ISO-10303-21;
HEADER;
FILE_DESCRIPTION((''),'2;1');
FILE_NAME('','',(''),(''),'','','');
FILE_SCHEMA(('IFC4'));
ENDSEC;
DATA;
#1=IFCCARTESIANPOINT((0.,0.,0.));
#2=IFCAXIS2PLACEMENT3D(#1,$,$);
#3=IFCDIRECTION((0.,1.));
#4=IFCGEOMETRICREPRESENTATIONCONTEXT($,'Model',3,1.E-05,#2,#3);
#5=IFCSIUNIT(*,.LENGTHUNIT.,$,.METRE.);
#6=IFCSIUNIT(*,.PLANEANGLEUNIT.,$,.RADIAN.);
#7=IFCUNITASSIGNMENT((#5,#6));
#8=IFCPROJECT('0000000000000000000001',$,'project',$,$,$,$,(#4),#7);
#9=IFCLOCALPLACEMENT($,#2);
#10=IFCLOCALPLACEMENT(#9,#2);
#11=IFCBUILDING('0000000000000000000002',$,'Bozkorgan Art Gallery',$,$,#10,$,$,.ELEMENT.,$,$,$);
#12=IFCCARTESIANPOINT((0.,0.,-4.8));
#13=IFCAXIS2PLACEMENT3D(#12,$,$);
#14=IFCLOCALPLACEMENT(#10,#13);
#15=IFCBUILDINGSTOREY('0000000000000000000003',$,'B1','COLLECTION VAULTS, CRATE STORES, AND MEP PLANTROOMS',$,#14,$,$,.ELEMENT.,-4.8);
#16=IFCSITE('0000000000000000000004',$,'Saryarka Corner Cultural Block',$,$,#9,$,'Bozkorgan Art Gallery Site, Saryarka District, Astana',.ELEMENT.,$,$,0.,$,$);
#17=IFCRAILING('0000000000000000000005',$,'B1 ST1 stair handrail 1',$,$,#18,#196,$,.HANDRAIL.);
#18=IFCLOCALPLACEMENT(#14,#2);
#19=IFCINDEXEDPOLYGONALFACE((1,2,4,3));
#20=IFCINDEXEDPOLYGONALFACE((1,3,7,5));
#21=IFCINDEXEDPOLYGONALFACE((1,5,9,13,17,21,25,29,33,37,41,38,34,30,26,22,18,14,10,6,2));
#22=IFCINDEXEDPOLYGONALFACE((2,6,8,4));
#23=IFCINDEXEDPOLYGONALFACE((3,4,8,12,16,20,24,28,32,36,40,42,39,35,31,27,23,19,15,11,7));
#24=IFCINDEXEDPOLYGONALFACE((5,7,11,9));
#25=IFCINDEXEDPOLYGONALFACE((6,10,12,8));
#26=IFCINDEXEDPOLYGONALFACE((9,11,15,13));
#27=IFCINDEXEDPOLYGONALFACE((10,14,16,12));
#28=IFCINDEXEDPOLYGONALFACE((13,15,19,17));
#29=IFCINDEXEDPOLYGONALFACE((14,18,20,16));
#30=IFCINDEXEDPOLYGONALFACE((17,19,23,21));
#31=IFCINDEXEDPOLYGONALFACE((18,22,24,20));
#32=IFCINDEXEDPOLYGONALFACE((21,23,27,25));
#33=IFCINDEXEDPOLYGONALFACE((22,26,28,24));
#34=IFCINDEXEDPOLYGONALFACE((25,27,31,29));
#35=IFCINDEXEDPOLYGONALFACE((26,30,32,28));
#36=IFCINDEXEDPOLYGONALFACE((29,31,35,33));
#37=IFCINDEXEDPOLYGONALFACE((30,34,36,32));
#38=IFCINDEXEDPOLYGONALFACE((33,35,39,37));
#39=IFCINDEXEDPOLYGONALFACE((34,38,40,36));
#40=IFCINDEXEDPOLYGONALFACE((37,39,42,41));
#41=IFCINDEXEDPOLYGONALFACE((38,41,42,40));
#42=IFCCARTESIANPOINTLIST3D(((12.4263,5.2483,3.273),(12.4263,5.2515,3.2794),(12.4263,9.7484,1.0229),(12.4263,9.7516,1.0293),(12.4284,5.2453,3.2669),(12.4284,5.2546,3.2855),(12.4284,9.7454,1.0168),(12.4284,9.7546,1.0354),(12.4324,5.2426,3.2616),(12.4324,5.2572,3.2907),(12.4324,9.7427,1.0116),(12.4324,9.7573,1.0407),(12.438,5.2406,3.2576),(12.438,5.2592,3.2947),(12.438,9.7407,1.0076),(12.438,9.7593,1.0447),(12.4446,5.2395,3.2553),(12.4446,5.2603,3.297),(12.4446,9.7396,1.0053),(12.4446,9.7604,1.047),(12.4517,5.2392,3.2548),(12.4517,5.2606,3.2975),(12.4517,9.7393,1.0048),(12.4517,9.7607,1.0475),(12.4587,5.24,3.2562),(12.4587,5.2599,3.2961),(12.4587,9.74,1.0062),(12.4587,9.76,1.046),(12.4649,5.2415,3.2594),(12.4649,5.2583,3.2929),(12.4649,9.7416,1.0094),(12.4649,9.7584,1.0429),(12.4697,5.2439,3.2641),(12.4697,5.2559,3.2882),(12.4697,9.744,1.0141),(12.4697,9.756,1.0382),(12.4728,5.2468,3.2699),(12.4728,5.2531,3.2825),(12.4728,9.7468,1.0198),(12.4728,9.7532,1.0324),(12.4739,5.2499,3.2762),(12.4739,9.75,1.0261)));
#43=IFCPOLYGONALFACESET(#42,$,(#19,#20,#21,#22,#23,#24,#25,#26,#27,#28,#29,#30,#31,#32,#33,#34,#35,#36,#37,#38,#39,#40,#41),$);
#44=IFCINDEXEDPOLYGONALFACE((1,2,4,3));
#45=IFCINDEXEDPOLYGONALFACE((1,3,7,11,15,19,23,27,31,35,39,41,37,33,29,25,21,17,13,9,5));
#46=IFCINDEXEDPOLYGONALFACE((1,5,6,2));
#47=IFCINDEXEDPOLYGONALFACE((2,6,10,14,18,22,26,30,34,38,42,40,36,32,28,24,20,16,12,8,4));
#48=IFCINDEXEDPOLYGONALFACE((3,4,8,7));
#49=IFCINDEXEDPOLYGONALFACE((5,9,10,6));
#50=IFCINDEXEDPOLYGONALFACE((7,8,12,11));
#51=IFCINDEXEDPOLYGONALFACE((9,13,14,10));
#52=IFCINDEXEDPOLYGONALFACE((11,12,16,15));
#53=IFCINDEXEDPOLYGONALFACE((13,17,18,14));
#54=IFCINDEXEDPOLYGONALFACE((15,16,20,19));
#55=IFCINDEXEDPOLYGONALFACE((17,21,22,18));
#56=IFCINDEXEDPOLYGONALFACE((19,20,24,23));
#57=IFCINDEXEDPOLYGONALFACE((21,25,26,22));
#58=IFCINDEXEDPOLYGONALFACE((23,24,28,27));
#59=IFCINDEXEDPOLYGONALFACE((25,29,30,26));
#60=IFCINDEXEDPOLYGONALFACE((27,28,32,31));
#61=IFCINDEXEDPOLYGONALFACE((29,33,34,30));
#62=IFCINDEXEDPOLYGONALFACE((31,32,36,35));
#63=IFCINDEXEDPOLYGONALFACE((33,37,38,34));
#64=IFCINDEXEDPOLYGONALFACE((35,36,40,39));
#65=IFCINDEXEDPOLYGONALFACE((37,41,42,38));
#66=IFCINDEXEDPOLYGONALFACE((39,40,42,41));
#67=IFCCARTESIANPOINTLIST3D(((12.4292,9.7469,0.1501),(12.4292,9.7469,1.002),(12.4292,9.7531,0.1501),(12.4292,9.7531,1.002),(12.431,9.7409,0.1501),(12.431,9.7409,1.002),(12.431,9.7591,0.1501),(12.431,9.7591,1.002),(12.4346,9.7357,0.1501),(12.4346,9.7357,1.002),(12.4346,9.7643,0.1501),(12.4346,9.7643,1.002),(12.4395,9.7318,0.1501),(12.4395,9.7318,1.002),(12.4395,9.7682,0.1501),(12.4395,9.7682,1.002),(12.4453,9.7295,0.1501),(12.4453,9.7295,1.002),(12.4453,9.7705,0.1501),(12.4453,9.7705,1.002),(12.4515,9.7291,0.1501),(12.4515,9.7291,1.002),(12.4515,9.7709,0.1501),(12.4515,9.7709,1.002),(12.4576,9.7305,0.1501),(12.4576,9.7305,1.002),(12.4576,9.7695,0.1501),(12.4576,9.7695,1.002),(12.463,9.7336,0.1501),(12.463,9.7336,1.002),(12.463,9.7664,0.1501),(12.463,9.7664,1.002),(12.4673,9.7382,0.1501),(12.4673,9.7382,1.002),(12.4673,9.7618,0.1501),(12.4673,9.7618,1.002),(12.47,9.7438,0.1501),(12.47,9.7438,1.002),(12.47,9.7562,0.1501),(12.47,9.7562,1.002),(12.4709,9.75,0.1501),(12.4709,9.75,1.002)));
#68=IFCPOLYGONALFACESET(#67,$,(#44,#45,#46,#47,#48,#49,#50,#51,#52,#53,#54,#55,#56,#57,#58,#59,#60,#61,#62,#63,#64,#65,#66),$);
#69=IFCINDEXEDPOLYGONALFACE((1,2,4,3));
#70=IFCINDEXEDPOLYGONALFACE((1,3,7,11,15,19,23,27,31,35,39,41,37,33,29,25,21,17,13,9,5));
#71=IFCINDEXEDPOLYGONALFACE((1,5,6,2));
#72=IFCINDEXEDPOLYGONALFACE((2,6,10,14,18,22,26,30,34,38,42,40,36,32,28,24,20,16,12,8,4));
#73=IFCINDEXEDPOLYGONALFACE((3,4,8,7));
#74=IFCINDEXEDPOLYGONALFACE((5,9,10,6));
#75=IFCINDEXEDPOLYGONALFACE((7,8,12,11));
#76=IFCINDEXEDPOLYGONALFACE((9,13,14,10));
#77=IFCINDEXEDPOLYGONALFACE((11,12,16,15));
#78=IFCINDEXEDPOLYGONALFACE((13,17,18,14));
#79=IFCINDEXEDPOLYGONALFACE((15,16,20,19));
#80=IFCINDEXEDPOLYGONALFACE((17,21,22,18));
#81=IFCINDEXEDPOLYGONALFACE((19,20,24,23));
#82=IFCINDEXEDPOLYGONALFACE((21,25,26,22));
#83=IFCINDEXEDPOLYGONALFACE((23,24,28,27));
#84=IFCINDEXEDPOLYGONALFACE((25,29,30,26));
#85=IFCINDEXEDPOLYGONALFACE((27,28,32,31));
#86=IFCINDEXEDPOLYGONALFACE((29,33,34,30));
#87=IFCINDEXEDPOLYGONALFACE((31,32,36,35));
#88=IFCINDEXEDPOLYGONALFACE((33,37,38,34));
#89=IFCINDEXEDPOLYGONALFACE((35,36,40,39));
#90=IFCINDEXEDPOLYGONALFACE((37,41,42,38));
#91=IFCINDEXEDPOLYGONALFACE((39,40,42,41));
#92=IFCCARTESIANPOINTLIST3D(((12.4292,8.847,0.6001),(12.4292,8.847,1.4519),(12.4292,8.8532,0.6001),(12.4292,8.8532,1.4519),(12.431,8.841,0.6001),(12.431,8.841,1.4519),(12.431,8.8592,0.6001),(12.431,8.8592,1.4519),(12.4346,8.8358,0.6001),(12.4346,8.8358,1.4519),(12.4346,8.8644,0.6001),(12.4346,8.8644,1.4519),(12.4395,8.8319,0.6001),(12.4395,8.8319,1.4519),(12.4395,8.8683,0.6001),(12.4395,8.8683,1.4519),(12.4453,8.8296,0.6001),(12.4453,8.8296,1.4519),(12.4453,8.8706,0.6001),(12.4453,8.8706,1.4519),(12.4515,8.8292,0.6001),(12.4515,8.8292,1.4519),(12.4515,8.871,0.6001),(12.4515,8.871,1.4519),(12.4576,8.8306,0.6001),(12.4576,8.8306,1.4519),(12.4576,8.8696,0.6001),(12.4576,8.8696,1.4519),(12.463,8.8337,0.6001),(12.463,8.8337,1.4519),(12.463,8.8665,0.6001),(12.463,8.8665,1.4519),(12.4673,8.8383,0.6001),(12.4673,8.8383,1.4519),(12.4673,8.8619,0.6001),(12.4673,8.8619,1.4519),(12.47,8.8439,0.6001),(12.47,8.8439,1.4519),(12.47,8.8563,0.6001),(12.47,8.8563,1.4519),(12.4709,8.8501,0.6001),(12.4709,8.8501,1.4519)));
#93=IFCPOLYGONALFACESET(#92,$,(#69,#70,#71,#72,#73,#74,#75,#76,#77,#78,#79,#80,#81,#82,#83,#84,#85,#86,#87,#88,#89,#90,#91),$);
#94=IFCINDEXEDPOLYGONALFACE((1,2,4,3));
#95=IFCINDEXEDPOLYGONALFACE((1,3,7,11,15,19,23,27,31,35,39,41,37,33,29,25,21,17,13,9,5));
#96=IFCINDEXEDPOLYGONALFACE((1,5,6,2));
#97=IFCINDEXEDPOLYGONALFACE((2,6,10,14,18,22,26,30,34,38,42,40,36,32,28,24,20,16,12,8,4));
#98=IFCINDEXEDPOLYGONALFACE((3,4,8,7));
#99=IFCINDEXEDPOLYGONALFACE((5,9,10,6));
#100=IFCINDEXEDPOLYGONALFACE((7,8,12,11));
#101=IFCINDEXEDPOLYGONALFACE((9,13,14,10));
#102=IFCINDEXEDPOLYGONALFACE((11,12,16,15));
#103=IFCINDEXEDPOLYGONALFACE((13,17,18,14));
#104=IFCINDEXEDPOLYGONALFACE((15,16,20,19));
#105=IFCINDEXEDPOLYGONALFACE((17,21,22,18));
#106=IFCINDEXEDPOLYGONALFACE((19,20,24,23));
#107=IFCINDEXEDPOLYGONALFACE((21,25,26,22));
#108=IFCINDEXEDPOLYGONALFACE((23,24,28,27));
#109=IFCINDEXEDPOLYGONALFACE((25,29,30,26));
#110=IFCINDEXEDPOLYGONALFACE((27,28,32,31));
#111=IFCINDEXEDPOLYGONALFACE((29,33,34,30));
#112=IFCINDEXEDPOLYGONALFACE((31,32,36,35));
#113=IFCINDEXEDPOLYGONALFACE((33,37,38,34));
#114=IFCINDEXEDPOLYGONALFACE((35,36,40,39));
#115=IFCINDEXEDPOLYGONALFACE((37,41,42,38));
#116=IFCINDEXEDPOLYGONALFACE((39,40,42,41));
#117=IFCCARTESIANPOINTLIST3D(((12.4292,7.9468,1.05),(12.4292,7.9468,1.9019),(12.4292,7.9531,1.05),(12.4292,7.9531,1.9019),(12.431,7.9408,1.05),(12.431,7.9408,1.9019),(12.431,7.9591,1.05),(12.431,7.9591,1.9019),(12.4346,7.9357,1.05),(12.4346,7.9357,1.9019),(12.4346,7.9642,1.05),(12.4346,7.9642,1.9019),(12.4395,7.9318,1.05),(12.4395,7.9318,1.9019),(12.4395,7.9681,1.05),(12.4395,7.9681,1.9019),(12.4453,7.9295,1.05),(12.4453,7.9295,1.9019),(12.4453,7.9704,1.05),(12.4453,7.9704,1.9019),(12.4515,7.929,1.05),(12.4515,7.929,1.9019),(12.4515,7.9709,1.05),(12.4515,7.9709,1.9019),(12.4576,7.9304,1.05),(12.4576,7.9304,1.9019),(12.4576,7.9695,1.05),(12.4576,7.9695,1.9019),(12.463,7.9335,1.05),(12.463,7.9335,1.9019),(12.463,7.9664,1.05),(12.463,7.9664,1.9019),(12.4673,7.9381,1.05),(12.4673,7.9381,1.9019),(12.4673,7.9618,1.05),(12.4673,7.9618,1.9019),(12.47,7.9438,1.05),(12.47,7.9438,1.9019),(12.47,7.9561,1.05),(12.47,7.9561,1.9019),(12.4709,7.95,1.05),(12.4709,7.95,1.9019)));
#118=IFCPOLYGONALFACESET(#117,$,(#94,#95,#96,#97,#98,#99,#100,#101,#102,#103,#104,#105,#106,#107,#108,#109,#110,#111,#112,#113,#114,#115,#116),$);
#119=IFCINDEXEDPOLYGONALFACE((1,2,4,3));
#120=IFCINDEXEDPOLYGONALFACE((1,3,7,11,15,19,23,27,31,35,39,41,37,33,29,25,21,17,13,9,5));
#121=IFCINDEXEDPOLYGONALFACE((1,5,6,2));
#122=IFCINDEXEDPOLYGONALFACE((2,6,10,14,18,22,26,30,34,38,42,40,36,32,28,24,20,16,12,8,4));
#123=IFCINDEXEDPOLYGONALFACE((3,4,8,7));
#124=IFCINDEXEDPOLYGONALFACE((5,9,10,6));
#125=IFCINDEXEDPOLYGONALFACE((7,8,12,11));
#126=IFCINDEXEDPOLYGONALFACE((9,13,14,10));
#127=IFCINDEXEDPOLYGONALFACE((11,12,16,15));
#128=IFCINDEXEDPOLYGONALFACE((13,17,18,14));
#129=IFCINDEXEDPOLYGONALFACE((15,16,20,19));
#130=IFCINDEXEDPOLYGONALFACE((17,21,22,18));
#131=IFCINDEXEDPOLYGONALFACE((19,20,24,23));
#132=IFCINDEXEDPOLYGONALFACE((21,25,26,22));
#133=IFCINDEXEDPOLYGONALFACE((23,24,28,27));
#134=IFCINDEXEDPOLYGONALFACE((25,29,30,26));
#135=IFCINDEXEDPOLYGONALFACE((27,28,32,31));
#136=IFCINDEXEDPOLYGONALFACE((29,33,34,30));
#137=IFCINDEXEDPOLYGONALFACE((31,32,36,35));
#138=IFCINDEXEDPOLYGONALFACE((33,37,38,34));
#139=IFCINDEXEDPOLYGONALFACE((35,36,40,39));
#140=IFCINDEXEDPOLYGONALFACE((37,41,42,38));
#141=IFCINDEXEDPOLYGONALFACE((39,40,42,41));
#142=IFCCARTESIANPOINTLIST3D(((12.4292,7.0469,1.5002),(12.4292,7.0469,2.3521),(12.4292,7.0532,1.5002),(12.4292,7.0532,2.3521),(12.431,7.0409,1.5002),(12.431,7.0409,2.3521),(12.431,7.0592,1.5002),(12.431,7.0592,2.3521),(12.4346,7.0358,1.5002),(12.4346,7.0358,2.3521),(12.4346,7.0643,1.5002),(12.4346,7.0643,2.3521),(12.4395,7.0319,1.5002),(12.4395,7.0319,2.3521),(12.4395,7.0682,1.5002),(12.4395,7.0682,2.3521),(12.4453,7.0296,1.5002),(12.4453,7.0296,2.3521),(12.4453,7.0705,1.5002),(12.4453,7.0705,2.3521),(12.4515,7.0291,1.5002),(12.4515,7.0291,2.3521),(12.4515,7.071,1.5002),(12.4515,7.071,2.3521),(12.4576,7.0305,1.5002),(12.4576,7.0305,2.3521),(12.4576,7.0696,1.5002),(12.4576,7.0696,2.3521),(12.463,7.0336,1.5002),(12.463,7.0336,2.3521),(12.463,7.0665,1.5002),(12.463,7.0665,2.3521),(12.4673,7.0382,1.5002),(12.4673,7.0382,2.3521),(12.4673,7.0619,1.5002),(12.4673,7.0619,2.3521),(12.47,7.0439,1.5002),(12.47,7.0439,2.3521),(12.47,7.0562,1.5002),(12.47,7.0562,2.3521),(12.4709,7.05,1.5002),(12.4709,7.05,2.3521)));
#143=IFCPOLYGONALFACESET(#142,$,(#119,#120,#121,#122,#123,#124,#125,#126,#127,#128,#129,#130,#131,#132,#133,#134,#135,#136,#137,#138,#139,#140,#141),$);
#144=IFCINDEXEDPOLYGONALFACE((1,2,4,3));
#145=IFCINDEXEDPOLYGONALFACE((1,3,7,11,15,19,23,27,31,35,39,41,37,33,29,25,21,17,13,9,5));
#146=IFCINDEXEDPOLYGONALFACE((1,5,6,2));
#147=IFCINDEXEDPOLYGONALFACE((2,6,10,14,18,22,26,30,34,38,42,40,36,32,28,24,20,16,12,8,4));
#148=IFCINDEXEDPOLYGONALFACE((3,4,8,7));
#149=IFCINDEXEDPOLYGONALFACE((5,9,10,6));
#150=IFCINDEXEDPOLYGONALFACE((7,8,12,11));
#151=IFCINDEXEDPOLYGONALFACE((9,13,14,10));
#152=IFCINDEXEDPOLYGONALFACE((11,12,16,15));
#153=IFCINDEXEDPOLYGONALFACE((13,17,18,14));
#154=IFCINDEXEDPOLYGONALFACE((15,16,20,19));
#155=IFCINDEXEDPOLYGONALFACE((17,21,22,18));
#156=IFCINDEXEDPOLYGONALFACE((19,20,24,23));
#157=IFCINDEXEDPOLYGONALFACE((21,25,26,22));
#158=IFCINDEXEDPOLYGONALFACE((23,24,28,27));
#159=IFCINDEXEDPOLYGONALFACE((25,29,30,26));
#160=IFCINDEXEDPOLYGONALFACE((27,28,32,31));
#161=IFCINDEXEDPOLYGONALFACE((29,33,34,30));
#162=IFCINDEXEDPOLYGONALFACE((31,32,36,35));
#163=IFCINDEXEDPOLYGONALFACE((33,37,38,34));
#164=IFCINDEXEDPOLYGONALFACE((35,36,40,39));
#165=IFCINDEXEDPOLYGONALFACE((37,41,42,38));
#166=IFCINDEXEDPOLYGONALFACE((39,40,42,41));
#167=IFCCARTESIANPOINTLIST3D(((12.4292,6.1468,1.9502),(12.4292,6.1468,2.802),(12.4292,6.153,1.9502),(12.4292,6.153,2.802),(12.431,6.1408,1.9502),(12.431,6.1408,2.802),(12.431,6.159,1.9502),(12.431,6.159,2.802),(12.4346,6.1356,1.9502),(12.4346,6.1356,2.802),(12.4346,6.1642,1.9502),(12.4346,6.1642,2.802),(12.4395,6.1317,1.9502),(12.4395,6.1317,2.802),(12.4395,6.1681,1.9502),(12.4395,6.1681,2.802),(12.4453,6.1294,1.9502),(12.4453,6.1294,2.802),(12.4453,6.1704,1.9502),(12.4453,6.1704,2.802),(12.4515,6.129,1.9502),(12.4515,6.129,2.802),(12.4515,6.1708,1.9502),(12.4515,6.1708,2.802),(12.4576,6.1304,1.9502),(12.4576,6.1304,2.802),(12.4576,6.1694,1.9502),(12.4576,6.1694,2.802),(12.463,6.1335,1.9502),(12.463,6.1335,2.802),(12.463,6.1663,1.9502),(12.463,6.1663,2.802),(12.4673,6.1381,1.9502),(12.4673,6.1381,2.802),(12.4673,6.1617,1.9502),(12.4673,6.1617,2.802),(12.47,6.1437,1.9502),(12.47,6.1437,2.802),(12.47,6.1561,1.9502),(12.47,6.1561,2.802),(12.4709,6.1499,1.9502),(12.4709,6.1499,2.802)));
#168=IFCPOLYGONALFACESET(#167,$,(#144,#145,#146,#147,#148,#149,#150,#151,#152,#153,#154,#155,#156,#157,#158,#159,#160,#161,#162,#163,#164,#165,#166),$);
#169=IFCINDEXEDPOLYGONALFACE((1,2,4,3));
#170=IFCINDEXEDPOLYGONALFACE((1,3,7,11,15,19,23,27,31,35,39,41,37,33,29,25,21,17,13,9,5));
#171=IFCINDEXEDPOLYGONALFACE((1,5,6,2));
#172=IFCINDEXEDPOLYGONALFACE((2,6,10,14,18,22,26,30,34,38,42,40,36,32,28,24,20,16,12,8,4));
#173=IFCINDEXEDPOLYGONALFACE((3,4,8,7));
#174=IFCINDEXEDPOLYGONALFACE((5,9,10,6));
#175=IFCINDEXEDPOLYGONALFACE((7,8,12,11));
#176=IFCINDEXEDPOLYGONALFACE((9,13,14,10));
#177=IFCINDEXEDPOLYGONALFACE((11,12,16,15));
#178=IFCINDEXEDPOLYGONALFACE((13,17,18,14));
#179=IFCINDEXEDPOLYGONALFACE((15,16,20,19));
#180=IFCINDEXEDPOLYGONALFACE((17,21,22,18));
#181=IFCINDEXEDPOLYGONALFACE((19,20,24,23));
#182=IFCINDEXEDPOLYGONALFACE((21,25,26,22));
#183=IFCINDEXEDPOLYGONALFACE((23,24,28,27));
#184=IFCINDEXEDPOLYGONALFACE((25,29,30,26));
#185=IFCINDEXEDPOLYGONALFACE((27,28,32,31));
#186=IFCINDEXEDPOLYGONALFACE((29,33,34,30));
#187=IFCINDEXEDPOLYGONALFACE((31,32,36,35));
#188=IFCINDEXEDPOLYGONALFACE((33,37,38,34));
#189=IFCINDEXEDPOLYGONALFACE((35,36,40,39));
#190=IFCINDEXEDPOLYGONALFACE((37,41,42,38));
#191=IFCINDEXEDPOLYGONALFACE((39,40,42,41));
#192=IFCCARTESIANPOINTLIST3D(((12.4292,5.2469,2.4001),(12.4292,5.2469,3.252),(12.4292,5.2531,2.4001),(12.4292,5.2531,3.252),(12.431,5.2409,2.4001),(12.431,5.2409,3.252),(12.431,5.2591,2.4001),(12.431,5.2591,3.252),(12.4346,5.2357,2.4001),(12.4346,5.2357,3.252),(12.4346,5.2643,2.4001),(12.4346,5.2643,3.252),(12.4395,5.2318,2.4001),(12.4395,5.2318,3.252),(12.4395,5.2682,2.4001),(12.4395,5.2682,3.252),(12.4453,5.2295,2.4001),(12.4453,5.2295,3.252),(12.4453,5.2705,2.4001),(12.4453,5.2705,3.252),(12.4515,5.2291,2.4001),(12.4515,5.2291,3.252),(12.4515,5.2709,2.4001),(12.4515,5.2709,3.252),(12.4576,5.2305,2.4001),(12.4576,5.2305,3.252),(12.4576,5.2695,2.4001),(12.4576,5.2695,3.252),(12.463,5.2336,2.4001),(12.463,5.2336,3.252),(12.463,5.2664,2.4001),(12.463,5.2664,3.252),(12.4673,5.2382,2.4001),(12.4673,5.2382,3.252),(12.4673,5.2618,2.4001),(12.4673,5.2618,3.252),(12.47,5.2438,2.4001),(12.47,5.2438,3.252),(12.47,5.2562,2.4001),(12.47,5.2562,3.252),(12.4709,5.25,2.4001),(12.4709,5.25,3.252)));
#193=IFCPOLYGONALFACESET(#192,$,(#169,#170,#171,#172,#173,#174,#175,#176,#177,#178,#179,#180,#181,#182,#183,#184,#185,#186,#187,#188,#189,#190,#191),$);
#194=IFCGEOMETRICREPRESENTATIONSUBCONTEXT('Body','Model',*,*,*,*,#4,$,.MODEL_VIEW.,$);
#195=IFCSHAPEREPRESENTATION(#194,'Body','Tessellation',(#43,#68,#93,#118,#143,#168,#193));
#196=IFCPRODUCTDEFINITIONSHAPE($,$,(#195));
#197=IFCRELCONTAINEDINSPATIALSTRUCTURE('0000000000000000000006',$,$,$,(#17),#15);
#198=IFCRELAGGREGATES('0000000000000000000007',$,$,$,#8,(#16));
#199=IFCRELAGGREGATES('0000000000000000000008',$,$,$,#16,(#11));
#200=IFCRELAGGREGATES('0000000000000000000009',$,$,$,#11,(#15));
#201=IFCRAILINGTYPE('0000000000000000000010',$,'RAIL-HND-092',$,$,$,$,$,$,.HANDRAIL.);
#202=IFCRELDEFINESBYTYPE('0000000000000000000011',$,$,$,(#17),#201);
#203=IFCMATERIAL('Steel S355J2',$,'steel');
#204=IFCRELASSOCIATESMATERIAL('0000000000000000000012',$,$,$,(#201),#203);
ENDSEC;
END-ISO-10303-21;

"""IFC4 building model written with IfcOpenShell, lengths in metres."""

from ifc_helpers import new_model, si_unit, direction, frame, origin, origin_2d, place, context, subcontext, project, spatial, circle, extrude, material, type_object, element, save


model = new_model("IFC4")

# Units and contexts
model_context = context("Model", 3, precision=1e-05, world=origin(), true_north=direction((0.0, 1.0)))
body_context = subcontext(model_context, "Body", "Model", "MODEL_VIEW")
ifc_project = project(units=[si_unit("LENGTHUNIT", "METRE"), si_unit("PLANEANGLEUNIT", "RADIAN")], contexts=[model_context])

# Site, building, storey
site_placement = place(None, origin())
site = spatial("IfcSite", under=ifc_project, at=site_placement, Name="Saryarka Corner Cultural Block", LongName="Bozkorgan Art Gallery Site, Saryarka District, Astana", CompositionType="ELEMENT", RefElevation=0.0)
building_placement = place(site_placement, origin())
building = spatial("IfcBuilding", under=site, at=building_placement, Name="Bozkorgan Art Gallery", CompositionType="ELEMENT")
storey_placement = place(building_placement, frame((0.0, 0.0, -4.8)))
storey = spatial("IfcBuildingStorey", under=building, at=storey_placement, Name="B1", Description="COLLECTION VAULTS, CRATE STORES, AND MEP PLANTROOMS", CompositionType="ELEMENT", Elevation=-4.8)

# Shared definitions
ifc_material_1 = material(Name="Steel S355J2", Category="steel")

# Railing
railing_type = type_object("IfcRailingType", Name="RAIL-HND-092", PredefinedType="HANDRAIL", material=ifc_material_1)
railing_placement = place(storey_placement, frame((12.45, 9.75, 0.1501)))
element("IfcRailing", 1, at=railing_placement, inside=storey, type_object=railing_type, Name="B1 ST1 stair handrail 1", PredefinedType="HANDRAIL", context=body_context, shape_type="SweptSolid", body=[
    extrude(circle(Radius=0.0239, at=origin_2d()), frame((0.0, 0.0, 0.876), z_axis=(0.0, -0.894427, 0.447214), x_axis=(1.0, 0.0, 0.0)), (0.0, 0.0, 1.0), 5.0312),
    extrude(circle(Radius=0.021, at=origin_2d()), origin(), (0.0, 0.0, 1.0), 0.8518),
    extrude(circle(Radius=0.021, at=origin_2d()), frame((0.0, -0.8999, 0.45)), (0.0, 0.0, 1.0), 0.8518),
    extrude(circle(Radius=0.021, at=origin_2d()), frame((0.0, -1.8, 0.8999)), (0.0, 0.0, 1.0), 0.8518),
    extrude(circle(Radius=0.021, at=origin_2d()), frame((0.0, -2.7, 1.3501)), (0.0, 0.0, 1.0), 0.8518),
    extrude(circle(Radius=0.021, at=origin_2d()), frame((0.0, -3.6001, 1.8)), (0.0, 0.0, 1.0), 0.8518),
    extrude(circle(Radius=0.021, at=origin_2d()), frame((0.0, -4.5, 2.25)), (0.0, 0.0, 1.0), 0.8518),
])

save(model, "model.ifc")
